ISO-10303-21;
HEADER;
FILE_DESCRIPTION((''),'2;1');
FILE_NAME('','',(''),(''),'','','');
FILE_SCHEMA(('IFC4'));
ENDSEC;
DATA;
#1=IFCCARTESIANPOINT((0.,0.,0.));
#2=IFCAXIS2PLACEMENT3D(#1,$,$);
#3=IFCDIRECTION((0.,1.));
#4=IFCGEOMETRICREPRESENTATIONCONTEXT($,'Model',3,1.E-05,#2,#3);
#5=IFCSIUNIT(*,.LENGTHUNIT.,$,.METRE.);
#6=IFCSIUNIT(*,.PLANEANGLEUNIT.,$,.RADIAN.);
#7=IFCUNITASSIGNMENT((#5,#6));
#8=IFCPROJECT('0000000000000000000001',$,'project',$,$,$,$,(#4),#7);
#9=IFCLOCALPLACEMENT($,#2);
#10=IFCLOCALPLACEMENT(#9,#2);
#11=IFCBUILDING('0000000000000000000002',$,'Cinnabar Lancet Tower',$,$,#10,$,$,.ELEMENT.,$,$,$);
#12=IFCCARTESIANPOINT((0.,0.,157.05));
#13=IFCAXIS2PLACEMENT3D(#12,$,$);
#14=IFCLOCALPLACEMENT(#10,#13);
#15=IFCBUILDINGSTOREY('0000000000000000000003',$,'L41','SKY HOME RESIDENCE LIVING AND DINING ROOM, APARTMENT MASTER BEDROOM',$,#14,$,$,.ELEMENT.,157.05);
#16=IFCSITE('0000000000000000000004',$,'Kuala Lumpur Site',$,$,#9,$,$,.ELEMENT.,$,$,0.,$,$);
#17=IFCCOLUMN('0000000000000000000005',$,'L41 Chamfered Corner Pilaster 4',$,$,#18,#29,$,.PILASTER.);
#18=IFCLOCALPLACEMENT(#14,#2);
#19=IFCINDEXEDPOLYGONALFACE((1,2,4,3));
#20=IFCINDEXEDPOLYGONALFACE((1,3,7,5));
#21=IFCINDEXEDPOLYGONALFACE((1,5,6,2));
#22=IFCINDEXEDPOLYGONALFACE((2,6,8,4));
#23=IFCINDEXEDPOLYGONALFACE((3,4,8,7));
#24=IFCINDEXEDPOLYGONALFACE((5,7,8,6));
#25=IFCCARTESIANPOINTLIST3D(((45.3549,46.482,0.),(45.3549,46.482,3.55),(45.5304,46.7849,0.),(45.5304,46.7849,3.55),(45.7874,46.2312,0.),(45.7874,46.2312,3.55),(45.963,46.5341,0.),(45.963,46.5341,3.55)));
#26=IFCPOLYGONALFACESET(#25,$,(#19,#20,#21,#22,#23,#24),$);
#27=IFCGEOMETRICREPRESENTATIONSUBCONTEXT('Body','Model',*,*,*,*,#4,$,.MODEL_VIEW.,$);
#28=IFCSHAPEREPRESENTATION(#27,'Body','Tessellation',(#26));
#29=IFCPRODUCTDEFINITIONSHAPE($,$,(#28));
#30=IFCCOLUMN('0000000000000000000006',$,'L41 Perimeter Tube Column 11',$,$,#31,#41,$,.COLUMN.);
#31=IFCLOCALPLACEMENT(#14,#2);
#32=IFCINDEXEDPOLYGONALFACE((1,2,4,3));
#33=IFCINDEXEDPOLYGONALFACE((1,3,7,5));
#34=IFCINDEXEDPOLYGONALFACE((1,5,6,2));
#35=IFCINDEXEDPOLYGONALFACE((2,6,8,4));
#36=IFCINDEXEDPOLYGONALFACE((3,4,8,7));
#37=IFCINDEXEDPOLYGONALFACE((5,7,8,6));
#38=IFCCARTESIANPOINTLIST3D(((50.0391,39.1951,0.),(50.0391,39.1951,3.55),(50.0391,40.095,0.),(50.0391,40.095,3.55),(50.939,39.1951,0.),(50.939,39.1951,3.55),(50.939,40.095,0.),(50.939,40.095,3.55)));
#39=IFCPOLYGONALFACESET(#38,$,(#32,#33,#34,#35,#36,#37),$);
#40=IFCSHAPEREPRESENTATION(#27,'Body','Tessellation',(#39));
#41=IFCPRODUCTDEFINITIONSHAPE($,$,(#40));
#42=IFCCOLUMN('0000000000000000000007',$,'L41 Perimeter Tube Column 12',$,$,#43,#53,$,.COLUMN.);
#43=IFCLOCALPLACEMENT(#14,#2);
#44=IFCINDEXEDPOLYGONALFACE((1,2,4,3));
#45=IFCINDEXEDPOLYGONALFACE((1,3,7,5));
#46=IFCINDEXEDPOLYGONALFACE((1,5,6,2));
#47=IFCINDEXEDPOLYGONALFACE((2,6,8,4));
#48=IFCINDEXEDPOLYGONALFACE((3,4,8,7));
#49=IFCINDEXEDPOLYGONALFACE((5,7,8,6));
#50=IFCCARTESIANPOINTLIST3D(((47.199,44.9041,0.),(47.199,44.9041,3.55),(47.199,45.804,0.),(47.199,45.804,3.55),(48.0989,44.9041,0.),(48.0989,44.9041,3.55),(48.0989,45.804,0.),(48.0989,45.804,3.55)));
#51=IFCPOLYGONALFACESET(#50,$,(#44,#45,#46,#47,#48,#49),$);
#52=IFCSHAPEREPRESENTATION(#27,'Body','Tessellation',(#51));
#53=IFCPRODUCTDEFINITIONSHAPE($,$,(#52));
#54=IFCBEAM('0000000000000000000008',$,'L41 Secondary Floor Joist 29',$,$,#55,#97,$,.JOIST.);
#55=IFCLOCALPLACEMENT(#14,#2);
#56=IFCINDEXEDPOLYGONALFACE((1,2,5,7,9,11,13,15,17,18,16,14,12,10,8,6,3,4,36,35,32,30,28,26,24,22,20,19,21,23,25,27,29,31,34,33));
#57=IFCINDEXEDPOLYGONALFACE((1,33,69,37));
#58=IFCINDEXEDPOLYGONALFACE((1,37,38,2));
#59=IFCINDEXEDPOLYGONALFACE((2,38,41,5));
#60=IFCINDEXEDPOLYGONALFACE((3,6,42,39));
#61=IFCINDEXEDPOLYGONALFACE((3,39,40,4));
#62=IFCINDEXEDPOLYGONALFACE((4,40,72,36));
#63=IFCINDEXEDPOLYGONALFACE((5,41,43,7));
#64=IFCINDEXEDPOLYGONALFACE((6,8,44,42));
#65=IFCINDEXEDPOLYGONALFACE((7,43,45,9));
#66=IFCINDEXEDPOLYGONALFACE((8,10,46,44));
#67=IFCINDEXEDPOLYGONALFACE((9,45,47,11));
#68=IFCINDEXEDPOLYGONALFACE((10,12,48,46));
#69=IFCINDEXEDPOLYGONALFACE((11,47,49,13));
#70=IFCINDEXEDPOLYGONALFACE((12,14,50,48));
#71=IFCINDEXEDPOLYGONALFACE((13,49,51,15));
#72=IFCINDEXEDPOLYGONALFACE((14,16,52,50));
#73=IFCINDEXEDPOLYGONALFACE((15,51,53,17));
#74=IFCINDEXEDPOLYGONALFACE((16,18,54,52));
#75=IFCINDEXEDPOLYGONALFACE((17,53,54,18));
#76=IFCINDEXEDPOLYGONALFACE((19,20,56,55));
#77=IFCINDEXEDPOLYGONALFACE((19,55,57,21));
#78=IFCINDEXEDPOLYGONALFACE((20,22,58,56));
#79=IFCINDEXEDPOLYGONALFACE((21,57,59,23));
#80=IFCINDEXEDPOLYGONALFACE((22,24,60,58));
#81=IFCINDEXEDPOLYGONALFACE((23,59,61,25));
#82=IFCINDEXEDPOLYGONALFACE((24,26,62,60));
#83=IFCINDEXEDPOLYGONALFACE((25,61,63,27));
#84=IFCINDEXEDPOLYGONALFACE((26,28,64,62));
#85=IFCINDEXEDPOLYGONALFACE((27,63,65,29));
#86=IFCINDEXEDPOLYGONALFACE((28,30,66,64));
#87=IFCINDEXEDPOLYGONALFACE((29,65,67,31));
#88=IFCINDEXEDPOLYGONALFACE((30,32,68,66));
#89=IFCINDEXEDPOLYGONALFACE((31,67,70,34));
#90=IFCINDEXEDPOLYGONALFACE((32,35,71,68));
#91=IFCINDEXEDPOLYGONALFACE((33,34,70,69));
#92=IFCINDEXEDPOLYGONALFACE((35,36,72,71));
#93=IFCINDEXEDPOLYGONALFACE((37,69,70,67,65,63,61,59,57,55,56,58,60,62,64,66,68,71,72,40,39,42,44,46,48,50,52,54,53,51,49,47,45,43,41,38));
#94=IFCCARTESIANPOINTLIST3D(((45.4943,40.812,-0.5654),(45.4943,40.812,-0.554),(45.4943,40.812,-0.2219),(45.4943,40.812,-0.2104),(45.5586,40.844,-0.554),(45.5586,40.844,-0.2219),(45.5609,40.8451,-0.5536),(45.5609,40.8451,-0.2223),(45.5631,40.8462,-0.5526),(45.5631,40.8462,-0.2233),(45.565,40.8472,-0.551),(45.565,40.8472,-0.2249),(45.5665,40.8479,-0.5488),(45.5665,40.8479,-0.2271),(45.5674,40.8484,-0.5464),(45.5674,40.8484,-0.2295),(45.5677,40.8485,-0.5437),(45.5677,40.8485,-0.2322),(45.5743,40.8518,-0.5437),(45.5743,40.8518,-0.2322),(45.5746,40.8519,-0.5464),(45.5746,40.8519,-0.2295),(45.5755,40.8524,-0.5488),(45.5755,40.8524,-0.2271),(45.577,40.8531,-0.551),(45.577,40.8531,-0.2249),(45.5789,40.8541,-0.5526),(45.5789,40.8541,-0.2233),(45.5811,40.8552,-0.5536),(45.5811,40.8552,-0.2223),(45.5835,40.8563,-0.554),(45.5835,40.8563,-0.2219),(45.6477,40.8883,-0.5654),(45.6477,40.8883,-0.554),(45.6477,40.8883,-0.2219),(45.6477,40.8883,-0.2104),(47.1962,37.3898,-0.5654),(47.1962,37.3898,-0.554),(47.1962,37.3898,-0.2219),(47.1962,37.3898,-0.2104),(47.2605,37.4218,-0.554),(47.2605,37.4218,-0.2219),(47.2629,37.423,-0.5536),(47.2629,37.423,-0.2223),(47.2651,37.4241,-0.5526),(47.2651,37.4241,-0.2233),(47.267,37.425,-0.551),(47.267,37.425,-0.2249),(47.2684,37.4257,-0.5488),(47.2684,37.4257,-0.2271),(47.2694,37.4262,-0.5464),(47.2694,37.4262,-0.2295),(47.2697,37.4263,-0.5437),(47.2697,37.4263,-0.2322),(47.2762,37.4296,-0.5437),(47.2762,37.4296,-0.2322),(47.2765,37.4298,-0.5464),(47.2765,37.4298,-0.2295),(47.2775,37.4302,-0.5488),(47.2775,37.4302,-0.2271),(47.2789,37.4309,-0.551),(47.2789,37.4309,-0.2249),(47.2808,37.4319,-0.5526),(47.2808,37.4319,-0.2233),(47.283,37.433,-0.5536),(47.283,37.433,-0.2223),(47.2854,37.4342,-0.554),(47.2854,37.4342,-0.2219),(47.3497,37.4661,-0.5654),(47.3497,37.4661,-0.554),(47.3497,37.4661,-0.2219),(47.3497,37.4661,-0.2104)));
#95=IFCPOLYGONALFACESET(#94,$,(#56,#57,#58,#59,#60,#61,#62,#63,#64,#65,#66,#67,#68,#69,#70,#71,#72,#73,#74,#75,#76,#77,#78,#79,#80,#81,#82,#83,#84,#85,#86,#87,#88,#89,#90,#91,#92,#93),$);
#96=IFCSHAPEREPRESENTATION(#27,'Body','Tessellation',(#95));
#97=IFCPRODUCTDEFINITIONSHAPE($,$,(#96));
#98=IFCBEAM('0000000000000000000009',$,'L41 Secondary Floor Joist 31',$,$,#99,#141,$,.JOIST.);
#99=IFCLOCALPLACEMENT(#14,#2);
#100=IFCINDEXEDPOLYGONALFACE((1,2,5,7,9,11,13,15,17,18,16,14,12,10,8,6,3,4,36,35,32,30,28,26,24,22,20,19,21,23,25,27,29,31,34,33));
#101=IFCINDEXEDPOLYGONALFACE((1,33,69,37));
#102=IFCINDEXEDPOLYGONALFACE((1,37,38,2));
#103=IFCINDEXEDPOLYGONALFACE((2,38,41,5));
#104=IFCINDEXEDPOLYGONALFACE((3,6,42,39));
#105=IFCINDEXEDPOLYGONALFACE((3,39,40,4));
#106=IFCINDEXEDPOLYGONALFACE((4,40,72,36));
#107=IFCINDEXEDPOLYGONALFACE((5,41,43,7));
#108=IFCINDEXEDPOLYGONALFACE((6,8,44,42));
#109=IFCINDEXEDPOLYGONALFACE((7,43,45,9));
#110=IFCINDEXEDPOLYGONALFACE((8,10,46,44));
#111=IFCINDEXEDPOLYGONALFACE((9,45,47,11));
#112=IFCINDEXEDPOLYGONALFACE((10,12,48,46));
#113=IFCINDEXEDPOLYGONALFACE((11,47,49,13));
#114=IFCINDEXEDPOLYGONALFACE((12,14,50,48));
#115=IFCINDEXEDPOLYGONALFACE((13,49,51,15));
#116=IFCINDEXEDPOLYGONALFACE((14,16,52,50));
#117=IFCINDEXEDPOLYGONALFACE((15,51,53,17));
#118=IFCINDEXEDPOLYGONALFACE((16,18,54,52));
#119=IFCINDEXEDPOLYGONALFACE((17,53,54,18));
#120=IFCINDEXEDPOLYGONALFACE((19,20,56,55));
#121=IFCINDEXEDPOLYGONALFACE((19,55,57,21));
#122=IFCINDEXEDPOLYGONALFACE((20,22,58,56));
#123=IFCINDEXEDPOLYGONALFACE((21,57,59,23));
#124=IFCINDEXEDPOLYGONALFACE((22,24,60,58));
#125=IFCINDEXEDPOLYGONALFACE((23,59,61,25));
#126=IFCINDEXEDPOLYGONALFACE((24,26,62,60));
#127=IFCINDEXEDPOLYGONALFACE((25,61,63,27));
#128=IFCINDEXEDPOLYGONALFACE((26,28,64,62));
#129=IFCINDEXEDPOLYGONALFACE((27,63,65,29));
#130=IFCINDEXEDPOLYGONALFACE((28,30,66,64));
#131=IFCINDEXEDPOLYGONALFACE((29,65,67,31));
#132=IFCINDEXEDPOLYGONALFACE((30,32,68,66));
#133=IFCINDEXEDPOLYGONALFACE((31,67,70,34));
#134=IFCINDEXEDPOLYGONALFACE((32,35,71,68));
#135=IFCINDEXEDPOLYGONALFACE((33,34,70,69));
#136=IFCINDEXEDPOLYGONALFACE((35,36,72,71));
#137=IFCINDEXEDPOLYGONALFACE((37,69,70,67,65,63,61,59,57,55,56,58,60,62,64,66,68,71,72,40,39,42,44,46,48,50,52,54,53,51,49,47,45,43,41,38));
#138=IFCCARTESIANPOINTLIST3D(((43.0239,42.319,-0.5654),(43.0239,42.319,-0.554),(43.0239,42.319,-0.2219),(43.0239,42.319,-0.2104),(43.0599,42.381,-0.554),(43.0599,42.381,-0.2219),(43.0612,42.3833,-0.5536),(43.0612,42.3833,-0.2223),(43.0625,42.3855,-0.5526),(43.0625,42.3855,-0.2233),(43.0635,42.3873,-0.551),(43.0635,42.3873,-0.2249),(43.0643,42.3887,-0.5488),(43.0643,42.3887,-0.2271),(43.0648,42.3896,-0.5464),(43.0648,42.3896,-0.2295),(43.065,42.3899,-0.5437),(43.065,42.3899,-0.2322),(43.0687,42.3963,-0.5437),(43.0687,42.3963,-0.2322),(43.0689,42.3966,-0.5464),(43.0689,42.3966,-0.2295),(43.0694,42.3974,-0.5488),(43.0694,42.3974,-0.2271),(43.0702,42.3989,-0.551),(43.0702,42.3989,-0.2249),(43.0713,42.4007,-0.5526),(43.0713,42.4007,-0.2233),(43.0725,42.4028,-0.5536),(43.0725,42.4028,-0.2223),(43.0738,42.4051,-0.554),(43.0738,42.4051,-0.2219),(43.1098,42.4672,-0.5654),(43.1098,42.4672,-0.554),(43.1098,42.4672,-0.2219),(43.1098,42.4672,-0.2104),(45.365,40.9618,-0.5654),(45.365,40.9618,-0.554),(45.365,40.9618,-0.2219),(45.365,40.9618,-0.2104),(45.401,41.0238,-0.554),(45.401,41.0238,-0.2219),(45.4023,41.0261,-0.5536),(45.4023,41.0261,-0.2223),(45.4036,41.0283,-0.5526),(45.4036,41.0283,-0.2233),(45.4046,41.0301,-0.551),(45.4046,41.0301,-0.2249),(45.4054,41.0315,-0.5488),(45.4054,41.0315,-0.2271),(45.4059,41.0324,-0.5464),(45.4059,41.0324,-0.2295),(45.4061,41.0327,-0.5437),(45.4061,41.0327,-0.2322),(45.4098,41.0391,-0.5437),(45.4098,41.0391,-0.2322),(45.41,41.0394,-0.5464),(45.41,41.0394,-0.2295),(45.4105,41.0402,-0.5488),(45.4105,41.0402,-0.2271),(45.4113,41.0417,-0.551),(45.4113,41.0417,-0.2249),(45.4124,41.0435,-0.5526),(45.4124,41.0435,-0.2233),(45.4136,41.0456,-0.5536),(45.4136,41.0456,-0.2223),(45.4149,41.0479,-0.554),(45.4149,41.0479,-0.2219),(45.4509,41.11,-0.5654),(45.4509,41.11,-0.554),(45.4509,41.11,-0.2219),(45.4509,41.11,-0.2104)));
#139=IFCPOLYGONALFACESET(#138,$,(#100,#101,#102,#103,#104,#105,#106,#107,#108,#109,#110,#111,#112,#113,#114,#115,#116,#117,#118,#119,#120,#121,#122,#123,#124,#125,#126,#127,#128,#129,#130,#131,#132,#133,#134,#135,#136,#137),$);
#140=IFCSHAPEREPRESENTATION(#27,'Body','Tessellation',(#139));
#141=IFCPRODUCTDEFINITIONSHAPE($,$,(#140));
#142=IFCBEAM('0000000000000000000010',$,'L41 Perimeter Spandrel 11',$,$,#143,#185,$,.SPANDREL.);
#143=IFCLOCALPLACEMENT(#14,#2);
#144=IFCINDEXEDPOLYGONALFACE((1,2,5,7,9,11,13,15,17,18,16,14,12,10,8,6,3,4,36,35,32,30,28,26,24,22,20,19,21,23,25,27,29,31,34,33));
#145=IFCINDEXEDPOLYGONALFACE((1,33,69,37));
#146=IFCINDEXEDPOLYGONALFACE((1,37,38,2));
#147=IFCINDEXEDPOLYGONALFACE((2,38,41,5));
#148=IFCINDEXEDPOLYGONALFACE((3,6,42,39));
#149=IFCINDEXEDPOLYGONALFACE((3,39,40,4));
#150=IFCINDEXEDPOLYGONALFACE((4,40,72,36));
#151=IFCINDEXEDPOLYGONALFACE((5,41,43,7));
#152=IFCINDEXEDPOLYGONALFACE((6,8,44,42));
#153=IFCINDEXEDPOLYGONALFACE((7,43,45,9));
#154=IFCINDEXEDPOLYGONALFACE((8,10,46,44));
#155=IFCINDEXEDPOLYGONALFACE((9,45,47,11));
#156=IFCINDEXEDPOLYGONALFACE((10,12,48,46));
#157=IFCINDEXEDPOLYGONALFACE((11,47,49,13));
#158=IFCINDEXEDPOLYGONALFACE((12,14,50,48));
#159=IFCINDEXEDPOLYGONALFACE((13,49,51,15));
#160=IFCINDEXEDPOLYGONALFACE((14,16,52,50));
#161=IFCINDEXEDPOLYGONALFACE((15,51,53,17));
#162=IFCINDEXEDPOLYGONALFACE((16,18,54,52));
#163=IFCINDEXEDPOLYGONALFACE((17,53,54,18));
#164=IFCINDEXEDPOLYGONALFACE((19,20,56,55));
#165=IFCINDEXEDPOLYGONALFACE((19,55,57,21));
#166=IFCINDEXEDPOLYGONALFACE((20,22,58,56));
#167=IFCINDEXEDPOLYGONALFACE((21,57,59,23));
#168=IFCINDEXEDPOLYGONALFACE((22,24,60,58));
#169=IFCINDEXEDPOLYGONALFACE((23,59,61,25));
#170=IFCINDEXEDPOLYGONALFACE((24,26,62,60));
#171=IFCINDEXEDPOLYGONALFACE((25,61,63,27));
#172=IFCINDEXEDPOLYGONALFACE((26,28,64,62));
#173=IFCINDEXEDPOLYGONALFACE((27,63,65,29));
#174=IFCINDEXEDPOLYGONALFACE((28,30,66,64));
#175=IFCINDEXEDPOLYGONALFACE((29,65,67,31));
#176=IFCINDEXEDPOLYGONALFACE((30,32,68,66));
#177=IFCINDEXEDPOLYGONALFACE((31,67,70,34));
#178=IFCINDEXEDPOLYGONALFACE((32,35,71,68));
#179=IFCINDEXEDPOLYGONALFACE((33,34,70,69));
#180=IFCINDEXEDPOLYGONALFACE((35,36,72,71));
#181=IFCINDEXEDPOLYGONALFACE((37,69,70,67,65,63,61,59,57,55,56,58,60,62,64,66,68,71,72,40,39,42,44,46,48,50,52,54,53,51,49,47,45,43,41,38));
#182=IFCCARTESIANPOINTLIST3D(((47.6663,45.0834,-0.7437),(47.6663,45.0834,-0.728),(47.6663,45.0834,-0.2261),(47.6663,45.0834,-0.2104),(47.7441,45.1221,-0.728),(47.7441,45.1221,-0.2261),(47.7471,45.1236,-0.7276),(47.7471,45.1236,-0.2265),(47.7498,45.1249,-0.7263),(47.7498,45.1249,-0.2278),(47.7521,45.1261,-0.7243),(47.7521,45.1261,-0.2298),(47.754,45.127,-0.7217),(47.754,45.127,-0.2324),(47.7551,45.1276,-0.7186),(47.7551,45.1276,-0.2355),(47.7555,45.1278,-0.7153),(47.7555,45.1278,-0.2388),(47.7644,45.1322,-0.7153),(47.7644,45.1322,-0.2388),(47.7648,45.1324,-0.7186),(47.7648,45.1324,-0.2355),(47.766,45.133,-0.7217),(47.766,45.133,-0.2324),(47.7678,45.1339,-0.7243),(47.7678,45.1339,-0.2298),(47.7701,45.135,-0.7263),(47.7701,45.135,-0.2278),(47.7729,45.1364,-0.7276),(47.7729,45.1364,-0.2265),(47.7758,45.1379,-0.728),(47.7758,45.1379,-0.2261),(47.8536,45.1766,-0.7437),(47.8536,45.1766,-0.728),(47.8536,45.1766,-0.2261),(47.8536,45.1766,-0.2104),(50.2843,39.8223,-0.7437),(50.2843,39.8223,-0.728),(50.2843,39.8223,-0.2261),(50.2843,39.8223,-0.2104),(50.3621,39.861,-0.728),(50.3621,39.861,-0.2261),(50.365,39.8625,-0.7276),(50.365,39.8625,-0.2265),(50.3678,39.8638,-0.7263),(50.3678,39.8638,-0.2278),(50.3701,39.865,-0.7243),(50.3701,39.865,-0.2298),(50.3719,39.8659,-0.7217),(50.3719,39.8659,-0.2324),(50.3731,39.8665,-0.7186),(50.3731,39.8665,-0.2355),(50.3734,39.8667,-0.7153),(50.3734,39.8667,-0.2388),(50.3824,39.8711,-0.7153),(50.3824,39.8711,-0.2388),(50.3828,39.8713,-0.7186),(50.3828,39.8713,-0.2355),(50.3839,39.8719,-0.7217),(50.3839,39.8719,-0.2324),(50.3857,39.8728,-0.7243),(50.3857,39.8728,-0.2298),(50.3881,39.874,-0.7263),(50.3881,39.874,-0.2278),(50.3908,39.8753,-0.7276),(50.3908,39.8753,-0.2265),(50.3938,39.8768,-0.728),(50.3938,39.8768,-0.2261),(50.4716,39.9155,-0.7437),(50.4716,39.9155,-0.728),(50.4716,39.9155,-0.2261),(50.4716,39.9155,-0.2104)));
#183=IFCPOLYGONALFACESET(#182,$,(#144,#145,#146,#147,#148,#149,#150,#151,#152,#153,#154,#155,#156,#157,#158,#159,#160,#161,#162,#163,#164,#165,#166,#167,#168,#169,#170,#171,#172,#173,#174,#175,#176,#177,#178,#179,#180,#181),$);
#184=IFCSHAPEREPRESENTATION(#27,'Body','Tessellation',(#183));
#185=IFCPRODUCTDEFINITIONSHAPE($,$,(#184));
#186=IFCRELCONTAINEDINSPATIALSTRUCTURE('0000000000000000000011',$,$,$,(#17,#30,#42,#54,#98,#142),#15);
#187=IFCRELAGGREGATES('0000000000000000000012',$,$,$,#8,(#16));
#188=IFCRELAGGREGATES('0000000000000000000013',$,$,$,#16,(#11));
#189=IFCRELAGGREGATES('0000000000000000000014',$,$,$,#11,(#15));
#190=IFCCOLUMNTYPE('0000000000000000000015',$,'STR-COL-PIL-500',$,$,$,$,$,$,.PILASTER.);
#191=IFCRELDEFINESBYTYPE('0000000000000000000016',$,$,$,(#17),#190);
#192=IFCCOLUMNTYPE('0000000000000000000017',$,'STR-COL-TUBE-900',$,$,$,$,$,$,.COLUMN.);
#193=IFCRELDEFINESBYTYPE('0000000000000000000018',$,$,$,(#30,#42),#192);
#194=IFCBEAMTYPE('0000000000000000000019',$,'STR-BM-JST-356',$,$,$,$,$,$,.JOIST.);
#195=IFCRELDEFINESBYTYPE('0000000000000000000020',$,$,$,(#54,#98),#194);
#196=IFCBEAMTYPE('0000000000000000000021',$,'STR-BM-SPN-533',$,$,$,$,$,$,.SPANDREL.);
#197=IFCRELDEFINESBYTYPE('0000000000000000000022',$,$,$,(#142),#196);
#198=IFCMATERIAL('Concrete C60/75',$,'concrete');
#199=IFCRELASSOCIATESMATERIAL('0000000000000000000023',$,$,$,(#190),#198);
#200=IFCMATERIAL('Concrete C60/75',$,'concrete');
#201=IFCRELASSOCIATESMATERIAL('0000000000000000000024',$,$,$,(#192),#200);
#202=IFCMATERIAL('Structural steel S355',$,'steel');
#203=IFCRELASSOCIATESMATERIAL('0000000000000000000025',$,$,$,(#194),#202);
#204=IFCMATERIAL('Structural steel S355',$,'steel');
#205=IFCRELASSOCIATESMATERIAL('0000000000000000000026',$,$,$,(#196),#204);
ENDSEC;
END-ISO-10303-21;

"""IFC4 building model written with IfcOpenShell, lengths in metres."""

from ifc_helpers import new_model, si_unit, direction, frame, origin, origin_2d, place, context, subcontext, project, spatial, rectangle, i_section, extrude, material, material_profile, profile_set, type_object, element, save


model = new_model("IFC4")

# Units and contexts
model_context = context("Model", 3, precision=1e-05, world=origin(), true_north=direction((0.0, 1.0)))
body_context = subcontext(model_context, "Body", "Model", "MODEL_VIEW")
ifc_project = project(units=[si_unit("LENGTHUNIT", "METRE"), si_unit("PLANEANGLEUNIT", "RADIAN")], contexts=[model_context])

# Site, building, storey
site_placement = place(None, origin())
site = spatial("IfcSite", under=ifc_project, at=site_placement, Name="Kuala Lumpur Site", CompositionType="ELEMENT", RefElevation=0.0)
building_placement = place(site_placement, origin())
building = spatial("IfcBuilding", under=site, at=building_placement, Name="Cinnabar Lancet Tower", CompositionType="ELEMENT")
storey_placement = place(building_placement, frame((0.0, 0.0, 157.05)))
storey = spatial("IfcBuildingStorey", under=building, at=storey_placement, Name="L41", Description="SKY HOME RESIDENCE LIVING AND DINING ROOM, APARTMENT MASTER BEDROOM", CompositionType="ELEMENT", Elevation=157.05)

# Columns
ifc_material_1 = material(Name="Concrete C60/75", Category="concrete")
ifc_material_profile_1 = material_profile(ifc_material_1, rectangle(XDim=0.5, YDim=0.3501, at=origin_2d()), Name="RC-PIL 500x350")
ifc_profile_set_1 = profile_set([ifc_material_profile_1], Name="Concrete C60/75")
column_type_1 = type_object("IfcColumnType", Name="STR-COL-PIL-500", PredefinedType="PILASTER", material=ifc_profile_set_1)
column_placement = place(storey_placement, frame((45.6589, 46.5081, 0.0), z_axis=(0.0, 0.0, 1.0), x_axis=(-0.86516, 0.501496, 0.0)))
element("IfcColumn", 1, at=column_placement, inside=storey, type_object=column_type_1, Name="L41 Chamfered Corner Pilaster 4", PredefinedType="PILASTER", context=body_context, shape_type="SweptSolid", body=[
    extrude(rectangle(XDim=0.5, YDim=0.3501, at=origin_2d()), origin(), (0.0, 0.0, 1.0), 3.55),
])
ifc_material_2 = material(Name="Concrete C60/75", Category="concrete")
ifc_material_profile_2 = material_profile(ifc_material_2, rectangle(XDim=0.8999, YDim=0.8999, at=origin_2d()), Name="RC-COL 900x900")
ifc_profile_set_2 = profile_set([ifc_material_profile_2], Name="Concrete C60/75")
column_type_2 = type_object("IfcColumnType", Name="STR-COL-TUBE-900", PredefinedType="COLUMN", material=ifc_profile_set_2)
for number, where, z_axis, x_axis, name in (
    (2, (50.489, 39.645, 0.0), (0.0, 0.0, 1.0), (1.0, 0.0, 0.0), "L41 Perimeter Tube Column 11"),
    (3, (47.6489, 45.354, 0.0), (0.0, 0.0, 1.0), (1.0, 0.0, 0.0), "L41 Perimeter Tube Column 12"),
):
    element("IfcColumn", number, at=place(storey_placement, frame(where, z_axis=z_axis, x_axis=x_axis)), inside=storey, type_object=column_type_2, Name=name, PredefinedType="COLUMN", context=body_context, shape_type="SweptSolid", body=[
        extrude(rectangle(XDim=0.8999, YDim=0.8999, at=origin_2d()), origin(), (0.0, 0.0, 1.0), 3.55),
    ])

# Beams
ifc_material_3 = material(Name="Structural steel S355", Category="steel")
ifc_material_profile_3 = material_profile(ifc_material_3, i_section(OverallWidth=0.1714, OverallDepth=0.355, WebThickness=0.0073, FlangeThickness=0.0115, FilletRadius=0.0103, at=origin_2d()), Name="UKB 356x171x51")
ifc_profile_set_3 = profile_set([ifc_material_profile_3], Name="Structural steel S355")
beam_type_1 = type_object("IfcBeamType", Name="STR-BM-JST-356", PredefinedType="JOIST", material=ifc_profile_set_3)
beam_1_placement = place(storey_placement, frame((47.2729, 37.428, -0.3879), z_axis=(-0.445296, 0.895383, 0.0), x_axis=(-0.895383, -0.445296, 0.0)))
element("IfcBeam", 4, at=beam_1_placement, inside=storey, type_object=beam_type_1, Name="L41 Secondary Floor Joist 29", PredefinedType="JOIST", context=body_context, shape_type="SweptSolid", body=[
    extrude(i_section(OverallWidth=0.1714, OverallDepth=0.355, WebThickness=0.0073, FlangeThickness=0.0115, FilletRadius=0.0103, at=origin_2d()), origin(), (0.0, 0.0, 1.0), 3.822),
])
beam_2_placement = place(storey_placement, frame((45.408, 41.0359, -0.3879), z_axis=(-0.865134, 0.501541, 0.0), x_axis=(-0.501541, -0.865134, 0.0)))
element("IfcBeam", 5, at=beam_2_placement, inside=storey, type_object=beam_type_1, Name="L41 Secondary Floor Joist 31", PredefinedType="JOIST", context=body_context, shape_type="SweptSolid", body=[
    extrude(i_section(OverallWidth=0.1714, OverallDepth=0.355, WebThickness=0.0073, FlangeThickness=0.0115, FilletRadius=0.0103, at=origin_2d()), origin(), (0.0, 0.0, 1.0), 2.7061),
])
ifc_material_4 = material(Name="Structural steel S355", Category="steel")
ifc_material_profile_4 = material_profile(ifc_material_4, i_section(OverallWidth=0.2092, OverallDepth=0.5332, WebThickness=0.01, FlangeThickness=0.0156, FilletRadius=0.0127, at=origin_2d()), Name="UKB 533x210x92")
ifc_profile_set_4 = profile_set([ifc_material_profile_4], Name="Structural steel S355")
beam_type_2 = type_object("IfcBeamType", Name="STR-BM-SPN-533", PredefinedType="SPANDREL", material=ifc_profile_set_4)
beam_3_placement = place(storey_placement, frame((50.3779, 39.8689, -0.4771), z_axis=(-0.445501, 0.895281, 0.0), x_axis=(-0.895281, -0.445501, 0.0)))
element("IfcBeam", 6, at=beam_3_placement, inside=storey, type_object=beam_type_2, Name="L41 Perimeter Spandrel 11", PredefinedType="SPANDREL", context=body_context, shape_type="SweptSolid", body=[
    extrude(i_section(OverallWidth=0.2092, OverallDepth=0.5332, WebThickness=0.01, FlangeThickness=0.0156, FilletRadius=0.0127, at=origin_2d()), origin(), (0.0, 0.0, 1.0), 5.8765),
])

save(model, "model.ifc")
